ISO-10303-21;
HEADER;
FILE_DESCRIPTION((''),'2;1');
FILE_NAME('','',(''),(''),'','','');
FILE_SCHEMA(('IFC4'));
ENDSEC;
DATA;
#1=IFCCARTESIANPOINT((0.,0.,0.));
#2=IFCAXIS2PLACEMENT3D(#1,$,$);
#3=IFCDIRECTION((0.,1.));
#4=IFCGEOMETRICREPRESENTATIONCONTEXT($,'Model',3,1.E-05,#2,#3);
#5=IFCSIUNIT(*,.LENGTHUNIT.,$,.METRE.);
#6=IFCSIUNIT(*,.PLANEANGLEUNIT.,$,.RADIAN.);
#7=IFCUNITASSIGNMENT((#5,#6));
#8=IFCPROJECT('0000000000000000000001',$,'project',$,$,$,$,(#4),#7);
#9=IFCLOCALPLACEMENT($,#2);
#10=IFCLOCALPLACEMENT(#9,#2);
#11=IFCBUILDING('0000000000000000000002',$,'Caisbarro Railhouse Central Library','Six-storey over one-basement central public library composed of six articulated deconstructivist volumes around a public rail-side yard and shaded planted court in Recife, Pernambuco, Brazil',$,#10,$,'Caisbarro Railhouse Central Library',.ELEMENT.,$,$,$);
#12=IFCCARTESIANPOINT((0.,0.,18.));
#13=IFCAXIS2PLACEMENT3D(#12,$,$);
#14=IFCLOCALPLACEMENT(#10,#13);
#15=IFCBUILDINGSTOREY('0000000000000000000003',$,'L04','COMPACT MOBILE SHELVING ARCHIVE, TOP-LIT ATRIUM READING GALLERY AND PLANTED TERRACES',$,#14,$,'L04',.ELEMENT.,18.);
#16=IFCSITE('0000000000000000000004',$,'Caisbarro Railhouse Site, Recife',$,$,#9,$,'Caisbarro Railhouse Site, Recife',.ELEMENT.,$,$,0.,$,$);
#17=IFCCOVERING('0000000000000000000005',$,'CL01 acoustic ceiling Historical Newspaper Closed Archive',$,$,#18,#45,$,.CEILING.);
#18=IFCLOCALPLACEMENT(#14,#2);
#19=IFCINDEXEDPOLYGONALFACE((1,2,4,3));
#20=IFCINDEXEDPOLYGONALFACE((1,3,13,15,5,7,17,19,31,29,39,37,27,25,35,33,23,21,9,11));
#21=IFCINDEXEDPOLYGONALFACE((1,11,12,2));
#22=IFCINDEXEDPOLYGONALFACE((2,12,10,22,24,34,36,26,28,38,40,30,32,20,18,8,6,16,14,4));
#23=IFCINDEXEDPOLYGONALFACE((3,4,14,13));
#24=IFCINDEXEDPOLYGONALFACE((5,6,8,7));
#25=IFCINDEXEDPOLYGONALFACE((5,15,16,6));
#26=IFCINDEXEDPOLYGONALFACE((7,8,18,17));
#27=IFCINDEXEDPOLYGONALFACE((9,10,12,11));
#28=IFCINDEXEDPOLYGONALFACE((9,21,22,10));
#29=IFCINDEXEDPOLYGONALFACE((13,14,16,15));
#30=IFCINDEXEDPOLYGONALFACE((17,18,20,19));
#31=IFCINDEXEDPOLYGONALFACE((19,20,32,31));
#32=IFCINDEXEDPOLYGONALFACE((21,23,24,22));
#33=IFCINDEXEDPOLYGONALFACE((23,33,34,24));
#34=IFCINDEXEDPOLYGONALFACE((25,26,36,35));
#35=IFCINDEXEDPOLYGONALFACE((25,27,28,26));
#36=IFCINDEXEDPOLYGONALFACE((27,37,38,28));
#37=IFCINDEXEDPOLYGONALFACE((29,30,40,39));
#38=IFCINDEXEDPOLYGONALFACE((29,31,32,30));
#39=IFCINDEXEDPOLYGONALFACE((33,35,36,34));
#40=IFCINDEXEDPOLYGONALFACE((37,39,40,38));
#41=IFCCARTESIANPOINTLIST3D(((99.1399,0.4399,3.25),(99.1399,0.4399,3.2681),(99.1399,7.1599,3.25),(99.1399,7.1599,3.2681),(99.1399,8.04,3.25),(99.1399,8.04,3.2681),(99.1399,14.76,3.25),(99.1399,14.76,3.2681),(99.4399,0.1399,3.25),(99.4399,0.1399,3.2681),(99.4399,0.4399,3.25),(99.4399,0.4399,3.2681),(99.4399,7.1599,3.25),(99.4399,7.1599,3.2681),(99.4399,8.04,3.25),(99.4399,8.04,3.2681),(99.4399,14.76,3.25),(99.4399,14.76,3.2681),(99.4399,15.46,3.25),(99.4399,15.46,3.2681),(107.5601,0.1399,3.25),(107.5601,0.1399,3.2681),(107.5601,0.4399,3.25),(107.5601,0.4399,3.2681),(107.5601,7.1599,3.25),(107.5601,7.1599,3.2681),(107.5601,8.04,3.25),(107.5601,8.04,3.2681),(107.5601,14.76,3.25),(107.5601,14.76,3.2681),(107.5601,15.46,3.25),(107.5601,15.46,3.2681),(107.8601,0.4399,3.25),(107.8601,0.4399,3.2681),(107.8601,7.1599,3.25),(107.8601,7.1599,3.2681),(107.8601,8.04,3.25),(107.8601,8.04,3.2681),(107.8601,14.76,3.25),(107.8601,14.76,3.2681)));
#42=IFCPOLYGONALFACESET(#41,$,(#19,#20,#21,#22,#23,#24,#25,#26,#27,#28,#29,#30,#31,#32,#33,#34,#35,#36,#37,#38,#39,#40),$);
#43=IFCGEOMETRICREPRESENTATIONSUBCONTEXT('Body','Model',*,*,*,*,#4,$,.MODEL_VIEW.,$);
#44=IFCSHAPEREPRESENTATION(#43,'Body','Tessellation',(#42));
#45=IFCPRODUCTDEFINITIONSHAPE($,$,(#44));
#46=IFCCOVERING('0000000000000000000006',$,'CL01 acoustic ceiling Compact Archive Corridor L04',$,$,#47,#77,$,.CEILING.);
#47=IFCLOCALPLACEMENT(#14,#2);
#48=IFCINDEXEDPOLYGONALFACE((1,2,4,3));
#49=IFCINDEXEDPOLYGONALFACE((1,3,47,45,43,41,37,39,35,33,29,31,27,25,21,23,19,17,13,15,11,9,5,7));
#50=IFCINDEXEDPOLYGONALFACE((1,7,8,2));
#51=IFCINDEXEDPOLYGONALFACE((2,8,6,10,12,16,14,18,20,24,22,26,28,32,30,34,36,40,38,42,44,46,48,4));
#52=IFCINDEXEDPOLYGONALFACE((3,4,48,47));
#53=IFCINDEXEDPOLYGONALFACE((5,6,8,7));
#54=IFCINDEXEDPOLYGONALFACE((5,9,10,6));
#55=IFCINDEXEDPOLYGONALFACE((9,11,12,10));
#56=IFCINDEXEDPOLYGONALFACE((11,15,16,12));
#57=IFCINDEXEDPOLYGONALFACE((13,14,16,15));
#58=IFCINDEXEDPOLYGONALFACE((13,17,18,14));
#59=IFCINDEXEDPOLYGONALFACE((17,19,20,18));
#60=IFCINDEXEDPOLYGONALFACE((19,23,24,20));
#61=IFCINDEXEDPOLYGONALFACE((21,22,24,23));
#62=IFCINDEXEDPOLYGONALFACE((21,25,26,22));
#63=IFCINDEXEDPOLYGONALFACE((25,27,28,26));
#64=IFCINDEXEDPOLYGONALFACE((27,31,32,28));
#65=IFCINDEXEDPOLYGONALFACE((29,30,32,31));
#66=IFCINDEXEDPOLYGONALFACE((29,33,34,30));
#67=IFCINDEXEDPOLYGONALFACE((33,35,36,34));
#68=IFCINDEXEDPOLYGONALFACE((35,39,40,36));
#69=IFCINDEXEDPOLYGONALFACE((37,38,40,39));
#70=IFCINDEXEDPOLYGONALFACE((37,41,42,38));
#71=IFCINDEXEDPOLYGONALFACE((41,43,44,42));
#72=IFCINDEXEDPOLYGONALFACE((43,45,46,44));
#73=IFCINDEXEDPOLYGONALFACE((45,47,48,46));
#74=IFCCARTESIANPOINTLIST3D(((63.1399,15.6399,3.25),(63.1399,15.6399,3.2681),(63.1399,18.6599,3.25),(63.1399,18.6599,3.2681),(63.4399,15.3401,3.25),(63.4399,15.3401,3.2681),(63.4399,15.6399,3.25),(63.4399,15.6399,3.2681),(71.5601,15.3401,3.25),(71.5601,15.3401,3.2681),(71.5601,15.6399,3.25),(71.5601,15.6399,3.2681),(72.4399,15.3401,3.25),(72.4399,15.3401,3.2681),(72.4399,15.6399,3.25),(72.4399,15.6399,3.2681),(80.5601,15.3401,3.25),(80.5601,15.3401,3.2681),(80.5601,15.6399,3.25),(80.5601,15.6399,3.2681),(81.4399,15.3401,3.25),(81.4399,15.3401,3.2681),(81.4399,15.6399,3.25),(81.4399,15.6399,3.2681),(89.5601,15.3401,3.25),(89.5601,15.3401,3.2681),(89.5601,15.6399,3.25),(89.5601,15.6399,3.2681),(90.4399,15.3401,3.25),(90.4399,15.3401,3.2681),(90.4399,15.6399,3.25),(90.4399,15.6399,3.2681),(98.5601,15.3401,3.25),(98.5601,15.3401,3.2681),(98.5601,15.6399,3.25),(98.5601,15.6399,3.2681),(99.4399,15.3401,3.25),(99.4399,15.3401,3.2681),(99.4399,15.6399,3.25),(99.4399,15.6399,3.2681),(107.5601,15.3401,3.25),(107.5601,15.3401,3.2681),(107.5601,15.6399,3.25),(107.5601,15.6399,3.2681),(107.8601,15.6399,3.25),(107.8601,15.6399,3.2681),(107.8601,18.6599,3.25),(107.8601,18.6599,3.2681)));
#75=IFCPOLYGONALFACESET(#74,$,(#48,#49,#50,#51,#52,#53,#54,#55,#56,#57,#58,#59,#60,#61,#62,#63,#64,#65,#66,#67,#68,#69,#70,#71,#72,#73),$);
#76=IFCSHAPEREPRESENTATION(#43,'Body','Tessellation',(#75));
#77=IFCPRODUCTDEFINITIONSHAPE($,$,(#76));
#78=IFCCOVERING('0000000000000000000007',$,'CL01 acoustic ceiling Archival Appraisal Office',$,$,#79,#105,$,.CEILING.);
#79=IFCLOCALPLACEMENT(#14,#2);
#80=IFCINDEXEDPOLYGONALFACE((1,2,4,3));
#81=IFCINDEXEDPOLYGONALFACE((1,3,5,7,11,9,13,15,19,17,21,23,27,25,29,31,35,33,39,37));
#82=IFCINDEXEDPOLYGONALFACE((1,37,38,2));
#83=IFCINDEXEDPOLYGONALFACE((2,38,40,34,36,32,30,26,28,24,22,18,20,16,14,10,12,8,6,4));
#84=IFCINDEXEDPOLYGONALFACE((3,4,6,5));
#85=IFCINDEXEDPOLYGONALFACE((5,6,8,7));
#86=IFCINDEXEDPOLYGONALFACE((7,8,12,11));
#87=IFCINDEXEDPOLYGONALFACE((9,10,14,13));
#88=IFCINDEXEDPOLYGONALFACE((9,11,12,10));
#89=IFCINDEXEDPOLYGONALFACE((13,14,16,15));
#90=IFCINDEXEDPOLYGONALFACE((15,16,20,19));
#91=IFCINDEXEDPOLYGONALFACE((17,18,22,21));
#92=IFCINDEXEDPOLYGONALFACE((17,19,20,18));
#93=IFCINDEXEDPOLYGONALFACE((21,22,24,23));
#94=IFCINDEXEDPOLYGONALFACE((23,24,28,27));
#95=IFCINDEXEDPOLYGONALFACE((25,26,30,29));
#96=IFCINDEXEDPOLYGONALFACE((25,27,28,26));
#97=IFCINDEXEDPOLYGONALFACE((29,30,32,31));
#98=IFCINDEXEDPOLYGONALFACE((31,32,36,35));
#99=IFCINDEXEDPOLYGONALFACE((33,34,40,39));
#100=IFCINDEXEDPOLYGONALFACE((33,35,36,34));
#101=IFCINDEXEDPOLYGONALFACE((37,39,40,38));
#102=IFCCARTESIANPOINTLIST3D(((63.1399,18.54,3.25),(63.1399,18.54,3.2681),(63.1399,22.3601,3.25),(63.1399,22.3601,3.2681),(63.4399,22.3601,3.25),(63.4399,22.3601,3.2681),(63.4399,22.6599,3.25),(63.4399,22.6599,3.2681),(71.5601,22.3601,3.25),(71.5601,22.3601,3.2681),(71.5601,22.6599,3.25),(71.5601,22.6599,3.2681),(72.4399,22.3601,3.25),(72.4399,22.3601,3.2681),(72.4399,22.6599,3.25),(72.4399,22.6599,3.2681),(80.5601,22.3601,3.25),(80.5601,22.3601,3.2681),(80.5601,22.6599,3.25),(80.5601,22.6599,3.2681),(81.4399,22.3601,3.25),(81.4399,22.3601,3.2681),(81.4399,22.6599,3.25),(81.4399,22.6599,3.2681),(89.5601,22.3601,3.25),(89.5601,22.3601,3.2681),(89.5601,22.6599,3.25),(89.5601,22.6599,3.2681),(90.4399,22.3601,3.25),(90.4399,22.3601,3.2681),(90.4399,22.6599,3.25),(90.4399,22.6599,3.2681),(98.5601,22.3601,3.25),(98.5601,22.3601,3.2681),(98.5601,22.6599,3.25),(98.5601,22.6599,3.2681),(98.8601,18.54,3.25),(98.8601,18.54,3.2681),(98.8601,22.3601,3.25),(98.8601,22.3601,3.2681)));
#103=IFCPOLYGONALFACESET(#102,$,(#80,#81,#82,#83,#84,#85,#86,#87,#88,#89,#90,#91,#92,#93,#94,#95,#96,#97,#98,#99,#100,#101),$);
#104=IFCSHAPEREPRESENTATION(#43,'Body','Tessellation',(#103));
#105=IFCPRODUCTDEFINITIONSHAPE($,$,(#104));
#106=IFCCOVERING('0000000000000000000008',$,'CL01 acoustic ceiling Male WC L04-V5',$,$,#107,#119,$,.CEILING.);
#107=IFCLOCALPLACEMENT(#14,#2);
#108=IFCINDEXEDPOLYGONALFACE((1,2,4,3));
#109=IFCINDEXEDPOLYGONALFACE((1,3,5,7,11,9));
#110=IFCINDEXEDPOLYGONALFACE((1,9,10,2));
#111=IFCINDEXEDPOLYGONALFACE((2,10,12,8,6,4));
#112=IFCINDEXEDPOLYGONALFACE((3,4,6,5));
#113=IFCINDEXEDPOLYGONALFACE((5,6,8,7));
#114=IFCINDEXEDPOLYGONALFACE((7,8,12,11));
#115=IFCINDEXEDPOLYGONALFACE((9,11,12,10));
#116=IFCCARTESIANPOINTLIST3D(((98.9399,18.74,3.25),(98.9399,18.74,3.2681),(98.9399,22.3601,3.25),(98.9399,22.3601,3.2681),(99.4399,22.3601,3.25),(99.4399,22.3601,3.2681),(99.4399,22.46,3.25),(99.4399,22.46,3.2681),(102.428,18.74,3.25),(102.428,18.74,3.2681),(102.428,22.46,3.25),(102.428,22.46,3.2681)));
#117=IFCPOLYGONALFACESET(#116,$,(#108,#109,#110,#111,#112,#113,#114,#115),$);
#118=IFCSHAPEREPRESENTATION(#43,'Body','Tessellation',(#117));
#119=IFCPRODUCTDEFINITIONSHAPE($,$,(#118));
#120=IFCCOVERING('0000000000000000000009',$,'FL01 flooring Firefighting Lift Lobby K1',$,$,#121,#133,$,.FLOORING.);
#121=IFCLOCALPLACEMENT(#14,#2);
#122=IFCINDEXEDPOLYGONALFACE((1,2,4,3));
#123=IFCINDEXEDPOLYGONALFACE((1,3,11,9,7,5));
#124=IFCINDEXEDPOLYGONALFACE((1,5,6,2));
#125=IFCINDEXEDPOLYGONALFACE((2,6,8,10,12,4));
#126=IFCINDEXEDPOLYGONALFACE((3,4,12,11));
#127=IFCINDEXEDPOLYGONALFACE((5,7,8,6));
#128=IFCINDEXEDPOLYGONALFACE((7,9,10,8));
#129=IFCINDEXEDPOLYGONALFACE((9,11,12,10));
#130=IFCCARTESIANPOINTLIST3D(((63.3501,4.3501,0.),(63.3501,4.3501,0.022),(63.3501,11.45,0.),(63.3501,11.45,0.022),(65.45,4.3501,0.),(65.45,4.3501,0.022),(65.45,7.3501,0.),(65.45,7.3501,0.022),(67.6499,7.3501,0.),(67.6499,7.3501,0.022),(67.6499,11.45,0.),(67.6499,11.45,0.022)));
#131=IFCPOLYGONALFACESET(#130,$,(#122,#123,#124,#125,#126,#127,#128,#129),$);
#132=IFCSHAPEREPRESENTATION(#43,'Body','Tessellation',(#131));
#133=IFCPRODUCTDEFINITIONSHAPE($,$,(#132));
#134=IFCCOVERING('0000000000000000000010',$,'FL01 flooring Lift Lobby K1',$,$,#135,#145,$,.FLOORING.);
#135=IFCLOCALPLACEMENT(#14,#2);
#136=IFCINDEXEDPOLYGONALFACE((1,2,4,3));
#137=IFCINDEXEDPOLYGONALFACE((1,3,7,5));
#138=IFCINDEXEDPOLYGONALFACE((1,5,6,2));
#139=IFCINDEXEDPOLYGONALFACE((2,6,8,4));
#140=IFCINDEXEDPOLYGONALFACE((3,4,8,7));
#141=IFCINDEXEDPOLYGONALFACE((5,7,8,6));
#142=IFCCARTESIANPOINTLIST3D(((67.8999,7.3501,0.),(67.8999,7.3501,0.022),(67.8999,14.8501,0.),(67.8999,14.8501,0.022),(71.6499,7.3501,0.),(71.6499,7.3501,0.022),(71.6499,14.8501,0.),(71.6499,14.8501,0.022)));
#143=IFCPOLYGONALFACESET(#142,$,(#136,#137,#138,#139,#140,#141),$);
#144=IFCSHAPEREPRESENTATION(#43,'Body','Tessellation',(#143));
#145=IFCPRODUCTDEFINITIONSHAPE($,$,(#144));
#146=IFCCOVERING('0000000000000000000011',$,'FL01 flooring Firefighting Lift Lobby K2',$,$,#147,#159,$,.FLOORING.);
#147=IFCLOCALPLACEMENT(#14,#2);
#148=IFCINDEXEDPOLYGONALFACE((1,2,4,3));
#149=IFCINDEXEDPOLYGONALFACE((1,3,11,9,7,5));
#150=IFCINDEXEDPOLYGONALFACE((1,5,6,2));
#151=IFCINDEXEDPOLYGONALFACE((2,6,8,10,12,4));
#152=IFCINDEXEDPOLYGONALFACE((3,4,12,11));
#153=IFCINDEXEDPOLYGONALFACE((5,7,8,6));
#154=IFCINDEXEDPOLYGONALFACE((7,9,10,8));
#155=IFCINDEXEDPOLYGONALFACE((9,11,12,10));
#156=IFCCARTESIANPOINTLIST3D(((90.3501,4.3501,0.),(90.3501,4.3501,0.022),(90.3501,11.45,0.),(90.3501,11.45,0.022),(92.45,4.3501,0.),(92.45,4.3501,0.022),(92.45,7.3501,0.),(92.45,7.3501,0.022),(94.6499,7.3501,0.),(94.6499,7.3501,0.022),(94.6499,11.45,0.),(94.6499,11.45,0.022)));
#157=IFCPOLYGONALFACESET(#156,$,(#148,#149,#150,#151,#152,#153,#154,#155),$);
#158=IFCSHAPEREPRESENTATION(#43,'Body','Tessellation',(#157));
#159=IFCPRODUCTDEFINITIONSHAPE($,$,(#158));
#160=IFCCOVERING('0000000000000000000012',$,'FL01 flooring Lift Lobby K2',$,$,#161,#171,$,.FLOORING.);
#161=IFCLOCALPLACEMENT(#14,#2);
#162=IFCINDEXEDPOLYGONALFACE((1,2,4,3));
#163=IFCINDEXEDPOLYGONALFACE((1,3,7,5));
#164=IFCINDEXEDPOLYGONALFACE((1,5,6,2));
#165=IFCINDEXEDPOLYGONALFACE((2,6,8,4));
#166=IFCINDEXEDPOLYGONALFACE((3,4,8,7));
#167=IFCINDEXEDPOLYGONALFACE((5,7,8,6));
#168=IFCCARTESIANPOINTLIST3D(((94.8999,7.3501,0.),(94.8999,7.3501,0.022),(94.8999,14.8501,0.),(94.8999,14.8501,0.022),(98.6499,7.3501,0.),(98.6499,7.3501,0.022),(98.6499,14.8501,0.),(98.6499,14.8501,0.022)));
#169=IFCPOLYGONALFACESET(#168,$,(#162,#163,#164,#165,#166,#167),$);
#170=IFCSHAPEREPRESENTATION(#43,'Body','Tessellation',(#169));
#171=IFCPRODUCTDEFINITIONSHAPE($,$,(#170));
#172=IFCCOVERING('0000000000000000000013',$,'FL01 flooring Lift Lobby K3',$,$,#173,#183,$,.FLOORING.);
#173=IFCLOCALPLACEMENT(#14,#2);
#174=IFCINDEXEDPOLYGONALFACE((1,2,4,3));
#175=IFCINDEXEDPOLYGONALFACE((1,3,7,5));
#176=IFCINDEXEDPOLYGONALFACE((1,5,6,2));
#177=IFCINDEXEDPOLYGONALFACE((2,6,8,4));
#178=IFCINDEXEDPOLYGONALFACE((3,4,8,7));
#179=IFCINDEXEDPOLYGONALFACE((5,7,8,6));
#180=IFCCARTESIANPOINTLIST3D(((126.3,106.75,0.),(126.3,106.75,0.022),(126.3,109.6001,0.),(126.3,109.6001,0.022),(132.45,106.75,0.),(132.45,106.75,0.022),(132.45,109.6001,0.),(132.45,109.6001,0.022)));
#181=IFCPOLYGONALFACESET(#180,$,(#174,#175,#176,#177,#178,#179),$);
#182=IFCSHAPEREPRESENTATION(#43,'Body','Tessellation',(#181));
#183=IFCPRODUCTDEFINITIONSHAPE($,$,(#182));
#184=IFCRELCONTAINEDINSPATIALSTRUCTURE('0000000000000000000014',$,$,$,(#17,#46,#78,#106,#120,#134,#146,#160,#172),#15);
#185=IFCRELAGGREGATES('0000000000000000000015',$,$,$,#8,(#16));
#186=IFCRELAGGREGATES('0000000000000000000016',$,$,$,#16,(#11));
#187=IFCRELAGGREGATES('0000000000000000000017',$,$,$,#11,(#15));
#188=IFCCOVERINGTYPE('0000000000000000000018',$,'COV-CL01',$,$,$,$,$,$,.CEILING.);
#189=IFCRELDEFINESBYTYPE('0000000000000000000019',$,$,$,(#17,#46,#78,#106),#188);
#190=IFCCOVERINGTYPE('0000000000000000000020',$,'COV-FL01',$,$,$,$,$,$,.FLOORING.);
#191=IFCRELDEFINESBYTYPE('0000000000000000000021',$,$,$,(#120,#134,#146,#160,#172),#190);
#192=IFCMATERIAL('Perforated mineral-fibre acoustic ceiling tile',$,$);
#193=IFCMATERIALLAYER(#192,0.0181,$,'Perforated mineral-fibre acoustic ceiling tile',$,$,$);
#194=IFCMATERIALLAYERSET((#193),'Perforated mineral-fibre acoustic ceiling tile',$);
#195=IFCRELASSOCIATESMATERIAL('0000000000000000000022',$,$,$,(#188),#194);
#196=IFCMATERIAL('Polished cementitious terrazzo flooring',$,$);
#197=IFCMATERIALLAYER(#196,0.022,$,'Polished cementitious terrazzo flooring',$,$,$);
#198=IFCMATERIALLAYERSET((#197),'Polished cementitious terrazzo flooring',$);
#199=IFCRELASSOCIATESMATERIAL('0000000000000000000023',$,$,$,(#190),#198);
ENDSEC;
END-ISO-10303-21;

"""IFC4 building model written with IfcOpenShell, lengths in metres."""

from ifc_helpers import new_model, si_unit, direction, frame, origin, place, context, subcontext, project, spatial, polyline, outline, extrude, material, layer, layer_set, type_object, element, save


model = new_model("IFC4")

# Units and contexts
model_context = context("Model", 3, precision=1e-05, world=origin(), true_north=direction((0.0, 1.0)))
body_context = subcontext(model_context, "Body", "Model", "MODEL_VIEW")
ifc_project = project(units=[si_unit("LENGTHUNIT", "METRE"), si_unit("PLANEANGLEUNIT", "RADIAN")], contexts=[model_context])

# Site, building, storey
site_placement = place(None, origin())
site = spatial("IfcSite", under=ifc_project, at=site_placement, Name="Caisbarro Railhouse Site, Recife", LongName="Caisbarro Railhouse Site, Recife", CompositionType="ELEMENT", RefElevation=0.0)
building_placement = place(site_placement, origin())
building = spatial("IfcBuilding", under=site, at=building_placement, Name="Caisbarro Railhouse Central Library", Description="Six-storey over one-basement central public library composed of six articulated deconstructivist volumes around a public rail-side yard and shaded planted court in Recife, Pernambuco, Brazil", LongName="Caisbarro Railhouse Central Library", CompositionType="ELEMENT")
storey_placement = place(building_placement, frame((0.0, 0.0, 18.0)))
storey = spatial("IfcBuildingStorey", under=building, at=storey_placement, Name="L04", Description="COMPACT MOBILE SHELVING ARCHIVE, TOP-LIT ATRIUM READING GALLERY AND PLANTED TERRACES", LongName="L04", CompositionType="ELEMENT", Elevation=18.0)

# Coverings
ifc_material_1 = material(Name="Perforated mineral-fibre acoustic ceiling tile")
ifc_layer_1 = layer(ifc_material_1, 0.0181, Name="Perforated mineral-fibre acoustic ceiling tile")
ifc_layer_set_1 = layer_set([ifc_layer_1], Name="Perforated mineral-fibre acoustic ceiling tile")
covering_type_1 = type_object("IfcCoveringType", Name="COV-CL01", PredefinedType="CEILING", material=ifc_layer_set_1)
covering_1_placement = place(storey_placement, frame((0.0, 0.0, 3.25)))
element("IfcCovering", 1, at=covering_1_placement, inside=storey, type_object=covering_type_1, Name="CL01 acoustic ceiling Historical Newspaper Closed Archive", PredefinedType="CEILING", context=body_context, shape_type="SweptSolid", body=[
    extrude(outline(polyline([(99.1399, 0.4399), (99.1399, 7.1599), (99.4399, 7.1599), (99.4399, 8.04), (99.1399, 8.04), (99.1399, 14.76), (99.4399, 14.76), (99.4399, 15.46), (107.5601, 15.46), (107.5601, 14.76), (107.8601, 14.76), (107.8601, 8.04), (107.5601, 8.04), (107.5601, 7.1599), (107.8601, 7.1599), (107.8601, 0.4399), (107.5601, 0.4399), (107.5601, 0.1399), (99.4399, 0.1399), (99.4399, 0.4399), (99.1399, 0.4399)])), origin(), (0.0, 0.0, 1.0), 0.0181),
])
covering_2_placement = place(storey_placement, frame((0.0, 0.0, 3.25)))
element("IfcCovering", 2, at=covering_2_placement, inside=storey, type_object=covering_type_1, Name="CL01 acoustic ceiling Compact Archive Corridor L04", PredefinedType="CEILING", context=body_context, shape_type="SweptSolid", body=[
    extrude(outline(polyline([(89.5601, 15.6399), (89.5601, 15.3401), (81.4399, 15.3401), (81.4399, 15.6399), (80.5601, 15.6399), (80.5601, 15.3401), (72.4399, 15.3401), (72.4399, 15.6399), (71.5601, 15.6399), (71.5601, 15.3401), (63.4399, 15.3401), (63.4399, 15.6399), (63.1399, 15.6399), (63.1399, 18.6599), (107.8601, 18.6599), (107.8601, 15.6399), (107.5601, 15.6399), (107.5601, 15.3401), (99.4399, 15.3401), (99.4399, 15.6399), (98.5601, 15.6399), (98.5601, 15.3401), (90.4399, 15.3401), (90.4399, 15.6399), (89.5601, 15.6399)])), origin(), (0.0, 0.0, 1.0), 0.0181),
])
covering_3_placement = place(storey_placement, frame((0.0, 0.0, 3.25)))
element("IfcCovering", 3, at=covering_3_placement, inside=storey, type_object=covering_type_1, Name="CL01 acoustic ceiling Archival Appraisal Office", PredefinedType="CEILING", context=body_context, shape_type="SweptSolid", body=[
    extrude(outline(polyline([(71.5601, 22.3601), (72.4399, 22.3601), (72.4399, 22.6599), (80.5601, 22.6599), (80.5601, 22.3601), (81.4399, 22.3601), (81.4399, 22.6599), (89.5601, 22.6599), (89.5601, 22.3601), (90.4399, 22.3601), (90.4399, 22.6599), (98.5601, 22.6599), (98.5601, 22.3601), (98.8601, 22.3601), (98.8601, 18.54), (63.1399, 18.54), (63.1399, 22.3601), (63.4399, 22.3601), (63.4399, 22.6599), (71.5601, 22.6599), (71.5601, 22.3601)])), origin(), (0.0, 0.0, 1.0), 0.0181),
])
covering_4_placement = place(storey_placement, frame((0.0, 0.0, 3.25)))
element("IfcCovering", 4, at=covering_4_placement, inside=storey, type_object=covering_type_1, Name="CL01 acoustic ceiling Male WC L04-V5", PredefinedType="CEILING", context=body_context, shape_type="SweptSolid", body=[
    extrude(outline(polyline([(98.9399, 22.3601), (99.4399, 22.3601), (99.4399, 22.46), (102.428, 22.46), (102.428, 18.74), (98.9399, 18.74), (98.9399, 22.3601)])), origin(), (0.0, 0.0, 1.0), 0.0181),
])
ifc_material_2 = material(Name="Polished cementitious terrazzo flooring")
ifc_layer_2 = layer(ifc_material_2, 0.022, Name="Polished cementitious terrazzo flooring")
ifc_layer_set_2 = layer_set([ifc_layer_2], Name="Polished cementitious terrazzo flooring")
covering_type_2 = type_object("IfcCoveringType", Name="COV-FL01", PredefinedType="FLOORING", material=ifc_layer_set_2)
covering_5_placement = place(storey_placement, origin())
element("IfcCovering", 5, at=covering_5_placement, inside=storey, type_object=covering_type_2, Name="FL01 flooring Firefighting Lift Lobby K1", PredefinedType="FLOORING", context=body_context, shape_type="SweptSolid", body=[
    extrude(outline(polyline([(63.3501, 4.3501), (65.45, 4.3501), (65.45, 7.3501), (67.6499, 7.3501), (67.6499, 11.45), (63.3501, 11.45), (63.3501, 4.3501)])), origin(), (0.0, 0.0, 1.0), 0.022),
])
covering_6_placement = place(storey_placement, origin())
element("IfcCovering", 6, at=covering_6_placement, inside=storey, type_object=covering_type_2, Name="FL01 flooring Lift Lobby K1", PredefinedType="FLOORING", context=body_context, shape_type="SweptSolid", body=[
    extrude(outline(polyline([(67.8999, 7.3501), (71.6499, 7.3501), (71.6499, 14.8501), (67.8999, 14.8501), (67.8999, 7.3501)])), origin(), (0.0, 0.0, 1.0), 0.022),
])
covering_7_placement = place(storey_placement, origin())
element("IfcCovering", 7, at=covering_7_placement, inside=storey, type_object=covering_type_2, Name="FL01 flooring Firefighting Lift Lobby K2", PredefinedType="FLOORING", context=body_context, shape_type="SweptSolid", body=[
    extrude(outline(polyline([(90.3501, 4.3501), (92.45, 4.3501), (92.45, 7.3501), (94.6499, 7.3501), (94.6499, 11.45), (90.3501, 11.45), (90.3501, 4.3501)])), origin(), (0.0, 0.0, 1.0), 0.022),
])
covering_8_placement = place(storey_placement, origin())
element("IfcCovering", 8, at=covering_8_placement, inside=storey, type_object=covering_type_2, Name="FL01 flooring Lift Lobby K2", PredefinedType="FLOORING", context=body_context, shape_type="SweptSolid", body=[
    extrude(outline(polyline([(94.8999, 7.3501), (98.6499, 7.3501), (98.6499, 14.8501), (94.8999, 14.8501), (94.8999, 7.3501)])), origin(), (0.0, 0.0, 1.0), 0.022),
])
covering_9_placement = place(storey_placement, origin())
element("IfcCovering", 9, at=covering_9_placement, inside=storey, type_object=covering_type_2, Name="FL01 flooring Lift Lobby K3", PredefinedType="FLOORING", context=body_context, shape_type="SweptSolid", body=[
    extrude(outline(polyline([(126.3, 106.75), (132.45, 106.75), (132.45, 109.6001), (126.3, 109.6001), (126.3, 106.75)])), origin(), (0.0, 0.0, 1.0), 0.022),
])

save(model, "model.ifc")
